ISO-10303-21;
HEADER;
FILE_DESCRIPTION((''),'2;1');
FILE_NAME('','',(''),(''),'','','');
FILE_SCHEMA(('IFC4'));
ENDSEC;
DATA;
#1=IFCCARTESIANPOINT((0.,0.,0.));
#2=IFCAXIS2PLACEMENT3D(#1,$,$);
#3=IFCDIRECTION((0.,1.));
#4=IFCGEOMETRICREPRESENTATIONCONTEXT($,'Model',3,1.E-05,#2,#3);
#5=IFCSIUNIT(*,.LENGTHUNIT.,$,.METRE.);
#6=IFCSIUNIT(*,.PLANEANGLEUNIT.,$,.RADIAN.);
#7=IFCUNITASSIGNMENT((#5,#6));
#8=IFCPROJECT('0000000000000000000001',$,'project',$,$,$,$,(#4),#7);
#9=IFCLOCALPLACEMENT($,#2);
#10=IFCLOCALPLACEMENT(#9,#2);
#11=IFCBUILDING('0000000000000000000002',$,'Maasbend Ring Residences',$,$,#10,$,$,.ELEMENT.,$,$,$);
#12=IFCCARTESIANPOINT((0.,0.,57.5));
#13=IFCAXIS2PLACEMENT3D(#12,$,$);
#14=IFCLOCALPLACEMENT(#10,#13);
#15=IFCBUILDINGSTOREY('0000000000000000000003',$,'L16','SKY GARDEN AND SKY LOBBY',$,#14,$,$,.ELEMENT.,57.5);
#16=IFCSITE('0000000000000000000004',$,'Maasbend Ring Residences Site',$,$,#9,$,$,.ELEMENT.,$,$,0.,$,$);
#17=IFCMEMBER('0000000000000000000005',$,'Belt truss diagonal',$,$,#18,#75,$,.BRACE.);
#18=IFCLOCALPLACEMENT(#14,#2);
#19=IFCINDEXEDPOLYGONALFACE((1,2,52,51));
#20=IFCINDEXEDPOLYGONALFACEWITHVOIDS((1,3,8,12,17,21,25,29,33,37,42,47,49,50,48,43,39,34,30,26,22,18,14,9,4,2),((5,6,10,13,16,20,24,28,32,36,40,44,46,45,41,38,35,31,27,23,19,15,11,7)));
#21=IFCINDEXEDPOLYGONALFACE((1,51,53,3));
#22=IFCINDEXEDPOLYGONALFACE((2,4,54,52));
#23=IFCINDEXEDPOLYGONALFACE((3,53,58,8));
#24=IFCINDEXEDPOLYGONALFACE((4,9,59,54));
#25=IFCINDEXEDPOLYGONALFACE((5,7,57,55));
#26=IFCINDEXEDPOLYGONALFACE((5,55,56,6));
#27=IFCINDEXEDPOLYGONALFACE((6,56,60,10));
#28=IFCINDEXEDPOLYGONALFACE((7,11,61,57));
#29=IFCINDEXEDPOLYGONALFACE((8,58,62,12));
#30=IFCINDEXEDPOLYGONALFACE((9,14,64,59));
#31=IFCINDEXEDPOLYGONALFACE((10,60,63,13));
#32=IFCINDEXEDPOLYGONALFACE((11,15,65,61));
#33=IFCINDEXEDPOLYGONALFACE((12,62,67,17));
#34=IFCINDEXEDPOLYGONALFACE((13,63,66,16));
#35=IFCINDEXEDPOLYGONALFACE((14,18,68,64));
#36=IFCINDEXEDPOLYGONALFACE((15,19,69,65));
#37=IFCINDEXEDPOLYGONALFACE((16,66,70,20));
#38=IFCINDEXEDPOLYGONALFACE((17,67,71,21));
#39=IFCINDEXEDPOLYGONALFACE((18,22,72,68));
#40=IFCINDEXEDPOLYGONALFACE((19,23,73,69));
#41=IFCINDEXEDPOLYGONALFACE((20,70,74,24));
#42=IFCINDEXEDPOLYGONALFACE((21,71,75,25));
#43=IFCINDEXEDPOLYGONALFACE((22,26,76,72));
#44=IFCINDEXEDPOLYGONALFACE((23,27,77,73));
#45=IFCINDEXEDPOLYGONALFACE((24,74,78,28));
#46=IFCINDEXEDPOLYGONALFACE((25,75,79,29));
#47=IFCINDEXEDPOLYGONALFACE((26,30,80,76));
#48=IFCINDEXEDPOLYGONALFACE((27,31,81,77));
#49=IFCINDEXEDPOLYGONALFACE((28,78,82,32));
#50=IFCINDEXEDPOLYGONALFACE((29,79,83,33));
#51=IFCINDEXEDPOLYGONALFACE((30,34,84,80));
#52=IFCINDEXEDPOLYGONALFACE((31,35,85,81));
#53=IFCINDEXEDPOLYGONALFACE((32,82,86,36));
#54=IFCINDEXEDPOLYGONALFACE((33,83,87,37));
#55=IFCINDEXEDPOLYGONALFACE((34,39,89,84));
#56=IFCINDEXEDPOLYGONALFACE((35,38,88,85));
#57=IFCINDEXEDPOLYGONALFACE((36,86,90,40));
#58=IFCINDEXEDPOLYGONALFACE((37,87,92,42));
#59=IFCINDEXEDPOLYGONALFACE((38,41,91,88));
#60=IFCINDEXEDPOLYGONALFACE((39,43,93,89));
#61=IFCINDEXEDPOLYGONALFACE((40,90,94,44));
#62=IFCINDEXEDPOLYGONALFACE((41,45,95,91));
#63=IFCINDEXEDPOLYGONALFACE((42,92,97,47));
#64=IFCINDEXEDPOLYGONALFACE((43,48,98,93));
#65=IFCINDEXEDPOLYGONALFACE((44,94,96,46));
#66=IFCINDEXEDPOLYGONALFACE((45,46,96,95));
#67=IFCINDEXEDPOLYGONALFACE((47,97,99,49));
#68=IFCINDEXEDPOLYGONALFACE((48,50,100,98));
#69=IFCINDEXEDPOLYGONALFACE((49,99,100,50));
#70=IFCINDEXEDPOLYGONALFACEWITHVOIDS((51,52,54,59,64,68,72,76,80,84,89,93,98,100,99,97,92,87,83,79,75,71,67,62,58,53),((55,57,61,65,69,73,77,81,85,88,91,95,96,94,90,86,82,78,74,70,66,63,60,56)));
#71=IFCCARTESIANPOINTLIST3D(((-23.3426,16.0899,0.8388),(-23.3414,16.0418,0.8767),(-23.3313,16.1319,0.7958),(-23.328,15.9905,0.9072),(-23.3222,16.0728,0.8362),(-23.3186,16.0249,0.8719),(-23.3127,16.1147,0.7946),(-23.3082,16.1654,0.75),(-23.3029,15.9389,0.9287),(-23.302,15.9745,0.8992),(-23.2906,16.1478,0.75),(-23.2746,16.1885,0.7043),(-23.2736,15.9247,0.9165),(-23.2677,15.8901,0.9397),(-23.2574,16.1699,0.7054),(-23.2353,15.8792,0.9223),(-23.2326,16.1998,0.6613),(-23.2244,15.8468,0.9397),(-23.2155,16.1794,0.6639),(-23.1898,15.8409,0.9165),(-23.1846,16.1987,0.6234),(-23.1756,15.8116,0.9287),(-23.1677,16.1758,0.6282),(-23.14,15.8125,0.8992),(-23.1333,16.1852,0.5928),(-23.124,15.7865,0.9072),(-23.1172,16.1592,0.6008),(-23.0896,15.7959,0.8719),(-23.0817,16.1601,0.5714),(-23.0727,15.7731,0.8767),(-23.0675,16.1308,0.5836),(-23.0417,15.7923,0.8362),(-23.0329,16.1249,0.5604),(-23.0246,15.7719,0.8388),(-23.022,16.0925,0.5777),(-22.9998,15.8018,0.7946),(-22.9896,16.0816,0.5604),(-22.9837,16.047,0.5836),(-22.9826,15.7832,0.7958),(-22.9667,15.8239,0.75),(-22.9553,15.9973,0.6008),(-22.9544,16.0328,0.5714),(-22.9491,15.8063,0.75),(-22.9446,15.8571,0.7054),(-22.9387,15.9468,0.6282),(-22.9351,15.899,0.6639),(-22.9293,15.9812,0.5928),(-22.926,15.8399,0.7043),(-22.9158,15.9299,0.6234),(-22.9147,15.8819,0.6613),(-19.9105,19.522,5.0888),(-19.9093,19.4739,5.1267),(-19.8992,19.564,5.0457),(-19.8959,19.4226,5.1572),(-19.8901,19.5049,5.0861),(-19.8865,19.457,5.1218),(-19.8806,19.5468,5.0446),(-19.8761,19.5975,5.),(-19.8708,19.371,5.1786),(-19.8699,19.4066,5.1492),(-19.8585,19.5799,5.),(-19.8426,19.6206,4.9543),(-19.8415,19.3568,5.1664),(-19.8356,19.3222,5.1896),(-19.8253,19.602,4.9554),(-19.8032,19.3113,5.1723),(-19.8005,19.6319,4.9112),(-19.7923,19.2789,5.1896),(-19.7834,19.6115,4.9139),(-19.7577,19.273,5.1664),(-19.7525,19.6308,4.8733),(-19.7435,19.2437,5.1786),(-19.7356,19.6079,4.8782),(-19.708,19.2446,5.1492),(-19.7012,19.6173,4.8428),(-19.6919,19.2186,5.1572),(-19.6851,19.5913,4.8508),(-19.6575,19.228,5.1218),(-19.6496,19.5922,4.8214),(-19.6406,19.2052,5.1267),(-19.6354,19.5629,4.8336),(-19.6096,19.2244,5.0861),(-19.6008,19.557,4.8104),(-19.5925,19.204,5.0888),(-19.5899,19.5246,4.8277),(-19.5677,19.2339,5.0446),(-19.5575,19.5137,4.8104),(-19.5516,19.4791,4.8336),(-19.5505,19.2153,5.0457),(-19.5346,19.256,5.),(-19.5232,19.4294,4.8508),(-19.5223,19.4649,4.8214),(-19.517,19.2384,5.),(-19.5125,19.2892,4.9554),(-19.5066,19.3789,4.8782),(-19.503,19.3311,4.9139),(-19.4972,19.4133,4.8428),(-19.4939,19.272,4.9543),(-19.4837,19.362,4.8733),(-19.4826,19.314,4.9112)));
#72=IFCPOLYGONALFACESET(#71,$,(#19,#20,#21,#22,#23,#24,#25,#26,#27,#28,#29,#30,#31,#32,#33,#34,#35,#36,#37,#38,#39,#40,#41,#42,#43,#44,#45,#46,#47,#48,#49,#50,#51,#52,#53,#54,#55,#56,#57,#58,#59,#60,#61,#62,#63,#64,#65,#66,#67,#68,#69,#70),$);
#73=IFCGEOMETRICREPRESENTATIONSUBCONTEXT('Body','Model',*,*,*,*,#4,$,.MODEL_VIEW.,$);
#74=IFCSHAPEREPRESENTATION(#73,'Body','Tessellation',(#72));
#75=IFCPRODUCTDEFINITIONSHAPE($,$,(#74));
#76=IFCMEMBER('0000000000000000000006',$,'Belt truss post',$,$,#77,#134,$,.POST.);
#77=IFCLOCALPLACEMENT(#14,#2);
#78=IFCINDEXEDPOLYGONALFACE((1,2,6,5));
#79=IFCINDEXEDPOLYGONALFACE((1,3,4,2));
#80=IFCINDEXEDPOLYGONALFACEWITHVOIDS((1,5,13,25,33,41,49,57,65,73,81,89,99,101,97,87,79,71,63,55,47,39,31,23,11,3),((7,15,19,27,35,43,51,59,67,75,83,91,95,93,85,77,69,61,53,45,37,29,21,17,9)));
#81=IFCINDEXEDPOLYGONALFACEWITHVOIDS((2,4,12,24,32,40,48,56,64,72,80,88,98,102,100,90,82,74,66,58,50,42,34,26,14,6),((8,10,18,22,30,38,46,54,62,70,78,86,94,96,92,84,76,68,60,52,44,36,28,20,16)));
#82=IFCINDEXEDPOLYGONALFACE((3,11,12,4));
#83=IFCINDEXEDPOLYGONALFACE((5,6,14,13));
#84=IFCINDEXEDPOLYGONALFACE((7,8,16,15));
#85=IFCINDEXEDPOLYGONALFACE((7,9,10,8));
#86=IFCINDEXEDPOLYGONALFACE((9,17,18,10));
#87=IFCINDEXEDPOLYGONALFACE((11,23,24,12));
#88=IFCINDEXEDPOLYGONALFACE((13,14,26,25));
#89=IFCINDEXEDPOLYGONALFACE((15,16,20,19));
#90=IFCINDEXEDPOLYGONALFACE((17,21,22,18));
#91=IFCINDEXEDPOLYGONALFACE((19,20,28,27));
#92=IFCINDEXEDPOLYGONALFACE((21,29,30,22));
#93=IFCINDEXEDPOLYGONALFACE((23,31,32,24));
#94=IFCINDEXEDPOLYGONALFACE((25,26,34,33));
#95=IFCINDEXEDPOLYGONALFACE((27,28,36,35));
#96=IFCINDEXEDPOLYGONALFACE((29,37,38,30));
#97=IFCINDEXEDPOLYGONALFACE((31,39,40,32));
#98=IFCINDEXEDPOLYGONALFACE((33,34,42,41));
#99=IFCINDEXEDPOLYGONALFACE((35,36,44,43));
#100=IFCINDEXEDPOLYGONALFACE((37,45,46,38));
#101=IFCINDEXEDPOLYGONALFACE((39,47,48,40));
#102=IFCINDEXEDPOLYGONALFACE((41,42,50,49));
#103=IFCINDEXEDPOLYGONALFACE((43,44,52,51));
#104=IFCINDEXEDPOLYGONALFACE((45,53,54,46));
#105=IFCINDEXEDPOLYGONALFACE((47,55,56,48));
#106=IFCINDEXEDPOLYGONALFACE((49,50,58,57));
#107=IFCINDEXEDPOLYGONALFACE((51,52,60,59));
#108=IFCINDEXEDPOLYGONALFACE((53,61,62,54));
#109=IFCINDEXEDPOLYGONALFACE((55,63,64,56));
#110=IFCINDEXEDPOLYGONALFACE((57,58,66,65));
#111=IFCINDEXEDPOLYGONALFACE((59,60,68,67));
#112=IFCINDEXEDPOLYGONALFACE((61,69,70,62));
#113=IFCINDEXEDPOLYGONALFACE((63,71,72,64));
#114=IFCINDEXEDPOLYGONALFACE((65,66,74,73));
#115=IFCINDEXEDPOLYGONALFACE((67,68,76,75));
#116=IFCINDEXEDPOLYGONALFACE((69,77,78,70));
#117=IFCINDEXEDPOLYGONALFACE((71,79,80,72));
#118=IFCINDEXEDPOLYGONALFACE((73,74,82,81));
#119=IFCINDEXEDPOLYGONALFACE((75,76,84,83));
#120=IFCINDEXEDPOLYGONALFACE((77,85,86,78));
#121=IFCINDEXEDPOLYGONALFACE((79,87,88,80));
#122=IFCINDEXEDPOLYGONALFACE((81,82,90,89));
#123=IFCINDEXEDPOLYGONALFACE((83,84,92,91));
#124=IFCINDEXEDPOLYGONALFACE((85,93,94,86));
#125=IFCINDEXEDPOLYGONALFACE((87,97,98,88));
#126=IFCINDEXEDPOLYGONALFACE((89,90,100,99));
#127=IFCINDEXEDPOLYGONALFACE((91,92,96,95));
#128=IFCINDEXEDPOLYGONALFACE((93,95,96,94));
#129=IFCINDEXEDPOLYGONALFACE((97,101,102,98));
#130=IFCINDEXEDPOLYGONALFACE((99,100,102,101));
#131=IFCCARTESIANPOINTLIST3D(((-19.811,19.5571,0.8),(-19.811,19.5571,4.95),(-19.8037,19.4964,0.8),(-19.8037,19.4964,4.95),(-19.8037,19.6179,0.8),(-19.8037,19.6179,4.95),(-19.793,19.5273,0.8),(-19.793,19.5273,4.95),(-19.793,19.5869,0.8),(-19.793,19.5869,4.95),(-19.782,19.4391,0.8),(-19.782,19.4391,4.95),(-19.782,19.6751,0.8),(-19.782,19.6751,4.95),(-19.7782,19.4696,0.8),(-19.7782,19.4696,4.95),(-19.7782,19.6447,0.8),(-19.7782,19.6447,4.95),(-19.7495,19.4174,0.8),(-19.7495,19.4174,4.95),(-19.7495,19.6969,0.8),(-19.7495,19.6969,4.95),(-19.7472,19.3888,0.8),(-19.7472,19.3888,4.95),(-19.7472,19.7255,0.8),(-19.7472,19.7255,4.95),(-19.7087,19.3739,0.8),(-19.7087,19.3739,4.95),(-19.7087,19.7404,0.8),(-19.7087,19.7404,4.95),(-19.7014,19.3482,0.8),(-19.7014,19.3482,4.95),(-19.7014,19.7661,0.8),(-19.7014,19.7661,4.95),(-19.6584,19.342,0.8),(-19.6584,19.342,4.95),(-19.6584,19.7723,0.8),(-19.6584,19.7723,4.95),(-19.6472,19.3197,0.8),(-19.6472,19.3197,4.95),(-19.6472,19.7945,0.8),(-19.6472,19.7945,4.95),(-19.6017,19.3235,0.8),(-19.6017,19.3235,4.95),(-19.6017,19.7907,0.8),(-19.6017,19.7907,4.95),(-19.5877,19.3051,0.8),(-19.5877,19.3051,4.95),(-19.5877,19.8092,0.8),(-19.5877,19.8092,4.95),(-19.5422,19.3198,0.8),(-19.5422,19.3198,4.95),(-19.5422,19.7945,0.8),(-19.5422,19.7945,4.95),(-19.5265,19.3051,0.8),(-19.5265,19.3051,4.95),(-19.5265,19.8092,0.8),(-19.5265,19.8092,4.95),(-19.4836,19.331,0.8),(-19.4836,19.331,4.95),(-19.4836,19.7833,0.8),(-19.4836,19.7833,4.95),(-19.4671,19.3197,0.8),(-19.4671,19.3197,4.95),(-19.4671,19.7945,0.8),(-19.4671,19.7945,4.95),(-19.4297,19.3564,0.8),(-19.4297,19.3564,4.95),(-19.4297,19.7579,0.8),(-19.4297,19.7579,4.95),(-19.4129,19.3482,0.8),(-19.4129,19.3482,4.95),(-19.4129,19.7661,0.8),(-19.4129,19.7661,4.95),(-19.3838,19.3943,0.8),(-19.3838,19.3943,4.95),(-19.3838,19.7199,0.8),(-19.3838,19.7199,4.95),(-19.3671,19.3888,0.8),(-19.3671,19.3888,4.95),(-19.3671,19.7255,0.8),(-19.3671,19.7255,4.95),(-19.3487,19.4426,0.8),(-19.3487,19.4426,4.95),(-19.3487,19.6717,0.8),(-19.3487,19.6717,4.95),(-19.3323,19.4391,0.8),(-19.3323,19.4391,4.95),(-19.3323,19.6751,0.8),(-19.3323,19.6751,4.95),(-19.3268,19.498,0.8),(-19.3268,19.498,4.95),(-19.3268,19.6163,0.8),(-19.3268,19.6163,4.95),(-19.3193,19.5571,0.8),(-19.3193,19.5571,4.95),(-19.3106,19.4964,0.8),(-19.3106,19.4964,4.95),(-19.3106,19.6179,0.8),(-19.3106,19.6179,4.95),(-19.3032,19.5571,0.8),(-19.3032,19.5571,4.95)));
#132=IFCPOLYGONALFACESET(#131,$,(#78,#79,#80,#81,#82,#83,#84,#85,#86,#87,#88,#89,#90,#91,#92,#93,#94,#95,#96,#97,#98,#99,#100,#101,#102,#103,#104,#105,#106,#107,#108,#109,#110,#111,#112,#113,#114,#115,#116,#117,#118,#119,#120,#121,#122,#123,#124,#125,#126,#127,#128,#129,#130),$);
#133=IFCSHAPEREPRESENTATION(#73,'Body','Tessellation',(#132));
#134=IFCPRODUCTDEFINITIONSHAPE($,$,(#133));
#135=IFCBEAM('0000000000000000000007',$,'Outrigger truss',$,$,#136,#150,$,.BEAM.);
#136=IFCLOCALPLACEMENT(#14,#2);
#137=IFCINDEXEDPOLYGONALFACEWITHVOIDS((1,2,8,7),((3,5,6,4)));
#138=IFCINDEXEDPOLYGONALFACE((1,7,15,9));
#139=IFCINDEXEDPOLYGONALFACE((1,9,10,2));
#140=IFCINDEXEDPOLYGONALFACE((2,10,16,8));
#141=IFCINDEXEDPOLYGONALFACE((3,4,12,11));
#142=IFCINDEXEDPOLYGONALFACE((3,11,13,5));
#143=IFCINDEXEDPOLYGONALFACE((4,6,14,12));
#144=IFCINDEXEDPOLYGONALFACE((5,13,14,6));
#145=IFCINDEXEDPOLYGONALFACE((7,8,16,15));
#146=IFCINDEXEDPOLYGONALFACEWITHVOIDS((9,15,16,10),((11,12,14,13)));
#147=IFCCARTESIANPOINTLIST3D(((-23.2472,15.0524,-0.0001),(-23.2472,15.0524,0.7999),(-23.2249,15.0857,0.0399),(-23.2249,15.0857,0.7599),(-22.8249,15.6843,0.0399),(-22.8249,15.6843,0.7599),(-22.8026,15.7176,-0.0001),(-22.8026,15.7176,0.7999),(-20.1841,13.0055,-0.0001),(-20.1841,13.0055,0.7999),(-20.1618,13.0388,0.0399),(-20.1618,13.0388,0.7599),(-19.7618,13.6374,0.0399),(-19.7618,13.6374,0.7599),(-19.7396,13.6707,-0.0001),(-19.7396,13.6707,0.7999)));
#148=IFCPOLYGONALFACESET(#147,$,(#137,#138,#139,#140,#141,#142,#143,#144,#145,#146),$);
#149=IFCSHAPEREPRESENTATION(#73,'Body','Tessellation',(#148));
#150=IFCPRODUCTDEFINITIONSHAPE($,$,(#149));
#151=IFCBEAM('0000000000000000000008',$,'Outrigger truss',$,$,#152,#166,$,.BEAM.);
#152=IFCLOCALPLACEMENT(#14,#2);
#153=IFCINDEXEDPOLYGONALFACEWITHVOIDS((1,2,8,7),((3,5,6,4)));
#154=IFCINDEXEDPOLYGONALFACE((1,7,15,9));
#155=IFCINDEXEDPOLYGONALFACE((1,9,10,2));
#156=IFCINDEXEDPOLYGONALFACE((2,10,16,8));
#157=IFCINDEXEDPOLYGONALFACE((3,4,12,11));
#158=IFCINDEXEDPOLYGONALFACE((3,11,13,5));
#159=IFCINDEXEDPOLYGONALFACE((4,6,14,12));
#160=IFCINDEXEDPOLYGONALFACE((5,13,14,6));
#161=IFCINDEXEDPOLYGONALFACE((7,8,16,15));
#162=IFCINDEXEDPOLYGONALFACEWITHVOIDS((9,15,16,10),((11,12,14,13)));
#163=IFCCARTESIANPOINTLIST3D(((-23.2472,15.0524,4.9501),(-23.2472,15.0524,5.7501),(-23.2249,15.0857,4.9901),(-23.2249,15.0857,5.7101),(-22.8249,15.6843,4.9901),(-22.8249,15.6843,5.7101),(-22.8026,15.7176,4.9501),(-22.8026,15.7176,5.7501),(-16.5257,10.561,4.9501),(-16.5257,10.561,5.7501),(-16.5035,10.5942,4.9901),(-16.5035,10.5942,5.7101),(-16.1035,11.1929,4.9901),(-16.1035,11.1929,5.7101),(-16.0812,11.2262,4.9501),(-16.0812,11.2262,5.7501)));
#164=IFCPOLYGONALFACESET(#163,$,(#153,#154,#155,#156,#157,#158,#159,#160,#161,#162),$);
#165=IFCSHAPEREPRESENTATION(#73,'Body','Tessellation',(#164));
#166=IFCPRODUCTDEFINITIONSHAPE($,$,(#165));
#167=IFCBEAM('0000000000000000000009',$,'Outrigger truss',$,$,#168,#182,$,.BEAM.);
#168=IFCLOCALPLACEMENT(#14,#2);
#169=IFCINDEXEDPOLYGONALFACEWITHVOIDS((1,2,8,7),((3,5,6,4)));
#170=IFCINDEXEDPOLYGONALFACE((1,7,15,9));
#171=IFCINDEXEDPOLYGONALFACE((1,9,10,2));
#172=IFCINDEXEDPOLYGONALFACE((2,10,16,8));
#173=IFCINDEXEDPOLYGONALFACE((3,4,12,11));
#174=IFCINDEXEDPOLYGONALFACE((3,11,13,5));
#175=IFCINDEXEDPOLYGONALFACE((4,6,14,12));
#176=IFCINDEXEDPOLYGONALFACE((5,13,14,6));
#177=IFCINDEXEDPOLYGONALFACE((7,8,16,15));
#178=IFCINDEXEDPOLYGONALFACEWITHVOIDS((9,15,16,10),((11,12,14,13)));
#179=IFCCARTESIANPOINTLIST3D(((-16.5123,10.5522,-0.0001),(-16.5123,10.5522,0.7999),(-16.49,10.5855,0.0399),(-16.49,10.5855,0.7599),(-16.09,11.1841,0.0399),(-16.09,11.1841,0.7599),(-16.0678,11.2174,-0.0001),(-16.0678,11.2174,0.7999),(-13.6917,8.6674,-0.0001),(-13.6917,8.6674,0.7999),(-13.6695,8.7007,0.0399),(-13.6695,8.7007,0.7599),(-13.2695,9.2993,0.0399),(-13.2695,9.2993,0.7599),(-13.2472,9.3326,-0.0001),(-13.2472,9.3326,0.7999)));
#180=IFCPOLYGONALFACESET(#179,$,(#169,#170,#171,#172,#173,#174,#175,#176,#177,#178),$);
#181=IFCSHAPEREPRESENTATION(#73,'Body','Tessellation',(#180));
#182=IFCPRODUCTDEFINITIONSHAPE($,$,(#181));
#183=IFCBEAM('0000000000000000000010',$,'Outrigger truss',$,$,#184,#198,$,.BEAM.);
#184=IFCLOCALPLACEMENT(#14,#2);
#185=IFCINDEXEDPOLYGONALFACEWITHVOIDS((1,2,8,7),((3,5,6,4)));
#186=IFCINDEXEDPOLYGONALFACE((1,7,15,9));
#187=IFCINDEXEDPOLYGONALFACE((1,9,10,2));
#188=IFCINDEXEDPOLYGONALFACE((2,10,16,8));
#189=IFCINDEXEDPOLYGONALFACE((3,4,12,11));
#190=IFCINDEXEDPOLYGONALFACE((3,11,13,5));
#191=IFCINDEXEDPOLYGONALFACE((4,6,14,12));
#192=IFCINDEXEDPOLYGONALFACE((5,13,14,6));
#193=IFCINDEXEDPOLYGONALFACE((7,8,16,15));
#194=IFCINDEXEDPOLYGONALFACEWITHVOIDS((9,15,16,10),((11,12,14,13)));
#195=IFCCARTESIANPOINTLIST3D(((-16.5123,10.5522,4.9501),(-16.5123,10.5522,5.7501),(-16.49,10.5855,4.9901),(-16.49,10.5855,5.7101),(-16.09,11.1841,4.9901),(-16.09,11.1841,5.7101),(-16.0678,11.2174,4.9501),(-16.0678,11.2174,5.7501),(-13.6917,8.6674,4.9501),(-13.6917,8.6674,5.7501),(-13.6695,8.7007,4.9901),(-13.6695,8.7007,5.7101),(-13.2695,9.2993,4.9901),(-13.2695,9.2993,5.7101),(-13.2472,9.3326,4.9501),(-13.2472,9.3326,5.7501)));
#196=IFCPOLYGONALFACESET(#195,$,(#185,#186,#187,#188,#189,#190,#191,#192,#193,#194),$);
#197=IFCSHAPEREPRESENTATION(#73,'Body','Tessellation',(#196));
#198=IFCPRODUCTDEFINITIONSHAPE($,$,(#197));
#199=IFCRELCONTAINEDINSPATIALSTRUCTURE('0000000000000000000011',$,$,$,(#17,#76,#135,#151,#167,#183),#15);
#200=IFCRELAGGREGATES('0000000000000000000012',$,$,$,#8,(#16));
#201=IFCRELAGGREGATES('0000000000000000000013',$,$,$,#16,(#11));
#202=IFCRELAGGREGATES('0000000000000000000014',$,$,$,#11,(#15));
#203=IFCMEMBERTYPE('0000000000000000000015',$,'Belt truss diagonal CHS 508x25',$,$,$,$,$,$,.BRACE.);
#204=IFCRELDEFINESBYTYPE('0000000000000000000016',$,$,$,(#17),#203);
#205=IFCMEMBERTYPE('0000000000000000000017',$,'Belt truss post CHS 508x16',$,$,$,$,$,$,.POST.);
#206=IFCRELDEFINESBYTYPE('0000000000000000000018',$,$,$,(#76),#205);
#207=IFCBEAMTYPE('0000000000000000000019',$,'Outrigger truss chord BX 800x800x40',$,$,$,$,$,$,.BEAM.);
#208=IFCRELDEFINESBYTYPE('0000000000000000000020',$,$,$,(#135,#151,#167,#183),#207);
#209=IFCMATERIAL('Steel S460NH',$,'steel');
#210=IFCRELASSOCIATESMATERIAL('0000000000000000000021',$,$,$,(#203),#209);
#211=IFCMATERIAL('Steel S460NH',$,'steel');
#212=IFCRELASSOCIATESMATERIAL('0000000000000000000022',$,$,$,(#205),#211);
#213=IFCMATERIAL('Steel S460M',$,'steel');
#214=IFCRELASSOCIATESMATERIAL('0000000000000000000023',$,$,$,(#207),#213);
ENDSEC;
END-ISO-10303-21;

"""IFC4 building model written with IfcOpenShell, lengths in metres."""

from ifc_helpers import new_model, si_unit, direction, frame, origin, origin_2d, place, context, subcontext, project, spatial, hollow_rectangle, hollow_circle, extrude, material, material_profile, profile_set, type_object, element, save


model = new_model("IFC4")

# Units and contexts
model_context = context("Model", 3, precision=1e-05, world=origin(), true_north=direction((0.0, 1.0)))
body_context = subcontext(model_context, "Body", "Model", "MODEL_VIEW")
ifc_project = project(units=[si_unit("LENGTHUNIT", "METRE"), si_unit("PLANEANGLEUNIT", "RADIAN")], contexts=[model_context])

# Site, building, storey
site_placement = place(None, origin())
site = spatial("IfcSite", under=ifc_project, at=site_placement, Name="Maasbend Ring Residences Site", CompositionType="ELEMENT", RefElevation=0.0)
building_placement = place(site_placement, origin())
building = spatial("IfcBuilding", under=site, at=building_placement, Name="Maasbend Ring Residences", CompositionType="ELEMENT")
storey_placement = place(building_placement, frame((0.0, 0.0, 57.5)))
storey = spatial("IfcBuildingStorey", under=building, at=storey_placement, Name="L16", Description="SKY GARDEN AND SKY LOBBY", CompositionType="ELEMENT", Elevation=57.5)

# Members
ifc_material_1 = material(Name="Steel S460NH", Category="steel")
ifc_material_profile_1 = material_profile(ifc_material_1, hollow_circle(Radius=0.2539, WallThickness=0.0249, at=origin_2d()), Name="Belt truss diagonal CHS 508x25")
ifc_profile_set_1 = profile_set([ifc_material_profile_1], Name="Steel S460NH")
member_type_1 = type_object("IfcMemberType", Name="Belt truss diagonal CHS 508x25", PredefinedType="BRACE", material=ifc_profile_set_1)
for number, where, z_axis, x_axis, name in (
    (1, (-19.6965, 19.418, 5.0), (-0.531991, -0.531991, -0.658764), (0.707107, -0.707107, 0.0), "Belt truss diagonal"),
):
    element("IfcMember", number, at=place(storey_placement, frame(where, z_axis=z_axis, x_axis=x_axis)), inside=storey, type_object=member_type_1, Name=name, PredefinedType="BRACE", context=body_context, shape_type="SweptSolid", body=[
        extrude(hollow_circle(Radius=0.2539, WallThickness=0.0249, at=origin_2d()), origin(), (0.0, 0.0, 1.0), 6.4514),
    ])
ifc_material_2 = material(Name="Steel S460NH", Category="steel")
ifc_material_profile_2 = material_profile(ifc_material_2, hollow_circle(Radius=0.2539, WallThickness=0.0161, at=origin_2d()), Name="Belt truss post CHS 508x16")
ifc_profile_set_2 = profile_set([ifc_material_profile_2], Name="Steel S460NH")
member_type_2 = type_object("IfcMemberType", Name="Belt truss post CHS 508x16", PredefinedType="POST", material=ifc_profile_set_2)
member_1_placement = place(storey_placement, frame((-19.5571, 19.5571, 0.8), z_axis=(0.0, 0.0, 1.0), x_axis=(1.0, 0.0, 0.0)))
element("IfcMember", 2, at=member_1_placement, inside=storey, type_object=member_type_2, Name="Belt truss post", PredefinedType="POST", context=body_context, shape_type="SweptSolid", body=[
    extrude(hollow_circle(Radius=0.2539, WallThickness=0.0161, at=origin_2d()), origin(), (0.0, 0.0, 1.0), 4.1499),
])

# Beams
ifc_material_3 = material(Name="Steel S460M", Category="steel")
ifc_material_profile_3 = material_profile(ifc_material_3, hollow_rectangle(XDim=0.8, YDim=0.8, WallThickness=0.04, at=origin_2d()), Name="Outrigger truss chord BX 800x800x40")
ifc_profile_set_3 = profile_set([ifc_material_profile_3], Name="Steel S460M")
beam_type_1 = type_object("IfcBeamType", Name="Outrigger truss chord BX 800x800x40", PredefinedType="BEAM", material=ifc_profile_set_3)
beam_1_placement = place(storey_placement, frame((-23.0249, 15.385, 0.3999), z_axis=(0.831438, -0.555617, 0.0), x_axis=(0.555617, 0.831438, 0.0)))
element("IfcBeam", 3, at=beam_1_placement, inside=storey, type_object=beam_type_1, Name="Outrigger truss", PredefinedType="BEAM", context=body_context, shape_type="SweptSolid", body=[
    extrude(hollow_rectangle(XDim=0.8, YDim=0.8, WallThickness=0.04, at=origin_2d()), origin(), (0.0, 0.0, 1.0), 3.6841),
])
beam_2_placement = place(storey_placement, frame((-23.0249, 15.385, 5.3501), z_axis=(0.83145, -0.555599, 0.0), x_axis=(0.555599, 0.83145, 0.0)))
element("IfcBeam", 4, at=beam_2_placement, inside=storey, type_object=beam_type_1, Name="Outrigger truss", PredefinedType="BEAM", context=body_context, shape_type="SweptSolid", body=[
    extrude(hollow_rectangle(XDim=0.8, YDim=0.8, WallThickness=0.04, at=origin_2d()), origin(), (0.0, 0.0, 1.0), 8.084),
])
for number, where, z_axis, x_axis, name in (
    (5, (-16.29, 10.8848, 0.3999), (0.831452, -0.555597, 0.0), (0.555597, 0.831452, 0.0), "Outrigger truss"),
    (6, (-16.29, 10.8848, 5.3501), (0.831452, -0.555597, 0.0), (0.555597, 0.831452, 0.0), "Outrigger truss"),
):
    element("IfcBeam", number, at=place(storey_placement, frame(where, z_axis=z_axis, x_axis=x_axis)), inside=storey, type_object=beam_type_1, Name=name, PredefinedType="BEAM", context=body_context, shape_type="SweptSolid", body=[
        extrude(hollow_rectangle(XDim=0.8, YDim=0.8, WallThickness=0.04, at=origin_2d()), origin(), (0.0, 0.0, 1.0), 3.3923),
    ])

save(model, "model.ifc")
